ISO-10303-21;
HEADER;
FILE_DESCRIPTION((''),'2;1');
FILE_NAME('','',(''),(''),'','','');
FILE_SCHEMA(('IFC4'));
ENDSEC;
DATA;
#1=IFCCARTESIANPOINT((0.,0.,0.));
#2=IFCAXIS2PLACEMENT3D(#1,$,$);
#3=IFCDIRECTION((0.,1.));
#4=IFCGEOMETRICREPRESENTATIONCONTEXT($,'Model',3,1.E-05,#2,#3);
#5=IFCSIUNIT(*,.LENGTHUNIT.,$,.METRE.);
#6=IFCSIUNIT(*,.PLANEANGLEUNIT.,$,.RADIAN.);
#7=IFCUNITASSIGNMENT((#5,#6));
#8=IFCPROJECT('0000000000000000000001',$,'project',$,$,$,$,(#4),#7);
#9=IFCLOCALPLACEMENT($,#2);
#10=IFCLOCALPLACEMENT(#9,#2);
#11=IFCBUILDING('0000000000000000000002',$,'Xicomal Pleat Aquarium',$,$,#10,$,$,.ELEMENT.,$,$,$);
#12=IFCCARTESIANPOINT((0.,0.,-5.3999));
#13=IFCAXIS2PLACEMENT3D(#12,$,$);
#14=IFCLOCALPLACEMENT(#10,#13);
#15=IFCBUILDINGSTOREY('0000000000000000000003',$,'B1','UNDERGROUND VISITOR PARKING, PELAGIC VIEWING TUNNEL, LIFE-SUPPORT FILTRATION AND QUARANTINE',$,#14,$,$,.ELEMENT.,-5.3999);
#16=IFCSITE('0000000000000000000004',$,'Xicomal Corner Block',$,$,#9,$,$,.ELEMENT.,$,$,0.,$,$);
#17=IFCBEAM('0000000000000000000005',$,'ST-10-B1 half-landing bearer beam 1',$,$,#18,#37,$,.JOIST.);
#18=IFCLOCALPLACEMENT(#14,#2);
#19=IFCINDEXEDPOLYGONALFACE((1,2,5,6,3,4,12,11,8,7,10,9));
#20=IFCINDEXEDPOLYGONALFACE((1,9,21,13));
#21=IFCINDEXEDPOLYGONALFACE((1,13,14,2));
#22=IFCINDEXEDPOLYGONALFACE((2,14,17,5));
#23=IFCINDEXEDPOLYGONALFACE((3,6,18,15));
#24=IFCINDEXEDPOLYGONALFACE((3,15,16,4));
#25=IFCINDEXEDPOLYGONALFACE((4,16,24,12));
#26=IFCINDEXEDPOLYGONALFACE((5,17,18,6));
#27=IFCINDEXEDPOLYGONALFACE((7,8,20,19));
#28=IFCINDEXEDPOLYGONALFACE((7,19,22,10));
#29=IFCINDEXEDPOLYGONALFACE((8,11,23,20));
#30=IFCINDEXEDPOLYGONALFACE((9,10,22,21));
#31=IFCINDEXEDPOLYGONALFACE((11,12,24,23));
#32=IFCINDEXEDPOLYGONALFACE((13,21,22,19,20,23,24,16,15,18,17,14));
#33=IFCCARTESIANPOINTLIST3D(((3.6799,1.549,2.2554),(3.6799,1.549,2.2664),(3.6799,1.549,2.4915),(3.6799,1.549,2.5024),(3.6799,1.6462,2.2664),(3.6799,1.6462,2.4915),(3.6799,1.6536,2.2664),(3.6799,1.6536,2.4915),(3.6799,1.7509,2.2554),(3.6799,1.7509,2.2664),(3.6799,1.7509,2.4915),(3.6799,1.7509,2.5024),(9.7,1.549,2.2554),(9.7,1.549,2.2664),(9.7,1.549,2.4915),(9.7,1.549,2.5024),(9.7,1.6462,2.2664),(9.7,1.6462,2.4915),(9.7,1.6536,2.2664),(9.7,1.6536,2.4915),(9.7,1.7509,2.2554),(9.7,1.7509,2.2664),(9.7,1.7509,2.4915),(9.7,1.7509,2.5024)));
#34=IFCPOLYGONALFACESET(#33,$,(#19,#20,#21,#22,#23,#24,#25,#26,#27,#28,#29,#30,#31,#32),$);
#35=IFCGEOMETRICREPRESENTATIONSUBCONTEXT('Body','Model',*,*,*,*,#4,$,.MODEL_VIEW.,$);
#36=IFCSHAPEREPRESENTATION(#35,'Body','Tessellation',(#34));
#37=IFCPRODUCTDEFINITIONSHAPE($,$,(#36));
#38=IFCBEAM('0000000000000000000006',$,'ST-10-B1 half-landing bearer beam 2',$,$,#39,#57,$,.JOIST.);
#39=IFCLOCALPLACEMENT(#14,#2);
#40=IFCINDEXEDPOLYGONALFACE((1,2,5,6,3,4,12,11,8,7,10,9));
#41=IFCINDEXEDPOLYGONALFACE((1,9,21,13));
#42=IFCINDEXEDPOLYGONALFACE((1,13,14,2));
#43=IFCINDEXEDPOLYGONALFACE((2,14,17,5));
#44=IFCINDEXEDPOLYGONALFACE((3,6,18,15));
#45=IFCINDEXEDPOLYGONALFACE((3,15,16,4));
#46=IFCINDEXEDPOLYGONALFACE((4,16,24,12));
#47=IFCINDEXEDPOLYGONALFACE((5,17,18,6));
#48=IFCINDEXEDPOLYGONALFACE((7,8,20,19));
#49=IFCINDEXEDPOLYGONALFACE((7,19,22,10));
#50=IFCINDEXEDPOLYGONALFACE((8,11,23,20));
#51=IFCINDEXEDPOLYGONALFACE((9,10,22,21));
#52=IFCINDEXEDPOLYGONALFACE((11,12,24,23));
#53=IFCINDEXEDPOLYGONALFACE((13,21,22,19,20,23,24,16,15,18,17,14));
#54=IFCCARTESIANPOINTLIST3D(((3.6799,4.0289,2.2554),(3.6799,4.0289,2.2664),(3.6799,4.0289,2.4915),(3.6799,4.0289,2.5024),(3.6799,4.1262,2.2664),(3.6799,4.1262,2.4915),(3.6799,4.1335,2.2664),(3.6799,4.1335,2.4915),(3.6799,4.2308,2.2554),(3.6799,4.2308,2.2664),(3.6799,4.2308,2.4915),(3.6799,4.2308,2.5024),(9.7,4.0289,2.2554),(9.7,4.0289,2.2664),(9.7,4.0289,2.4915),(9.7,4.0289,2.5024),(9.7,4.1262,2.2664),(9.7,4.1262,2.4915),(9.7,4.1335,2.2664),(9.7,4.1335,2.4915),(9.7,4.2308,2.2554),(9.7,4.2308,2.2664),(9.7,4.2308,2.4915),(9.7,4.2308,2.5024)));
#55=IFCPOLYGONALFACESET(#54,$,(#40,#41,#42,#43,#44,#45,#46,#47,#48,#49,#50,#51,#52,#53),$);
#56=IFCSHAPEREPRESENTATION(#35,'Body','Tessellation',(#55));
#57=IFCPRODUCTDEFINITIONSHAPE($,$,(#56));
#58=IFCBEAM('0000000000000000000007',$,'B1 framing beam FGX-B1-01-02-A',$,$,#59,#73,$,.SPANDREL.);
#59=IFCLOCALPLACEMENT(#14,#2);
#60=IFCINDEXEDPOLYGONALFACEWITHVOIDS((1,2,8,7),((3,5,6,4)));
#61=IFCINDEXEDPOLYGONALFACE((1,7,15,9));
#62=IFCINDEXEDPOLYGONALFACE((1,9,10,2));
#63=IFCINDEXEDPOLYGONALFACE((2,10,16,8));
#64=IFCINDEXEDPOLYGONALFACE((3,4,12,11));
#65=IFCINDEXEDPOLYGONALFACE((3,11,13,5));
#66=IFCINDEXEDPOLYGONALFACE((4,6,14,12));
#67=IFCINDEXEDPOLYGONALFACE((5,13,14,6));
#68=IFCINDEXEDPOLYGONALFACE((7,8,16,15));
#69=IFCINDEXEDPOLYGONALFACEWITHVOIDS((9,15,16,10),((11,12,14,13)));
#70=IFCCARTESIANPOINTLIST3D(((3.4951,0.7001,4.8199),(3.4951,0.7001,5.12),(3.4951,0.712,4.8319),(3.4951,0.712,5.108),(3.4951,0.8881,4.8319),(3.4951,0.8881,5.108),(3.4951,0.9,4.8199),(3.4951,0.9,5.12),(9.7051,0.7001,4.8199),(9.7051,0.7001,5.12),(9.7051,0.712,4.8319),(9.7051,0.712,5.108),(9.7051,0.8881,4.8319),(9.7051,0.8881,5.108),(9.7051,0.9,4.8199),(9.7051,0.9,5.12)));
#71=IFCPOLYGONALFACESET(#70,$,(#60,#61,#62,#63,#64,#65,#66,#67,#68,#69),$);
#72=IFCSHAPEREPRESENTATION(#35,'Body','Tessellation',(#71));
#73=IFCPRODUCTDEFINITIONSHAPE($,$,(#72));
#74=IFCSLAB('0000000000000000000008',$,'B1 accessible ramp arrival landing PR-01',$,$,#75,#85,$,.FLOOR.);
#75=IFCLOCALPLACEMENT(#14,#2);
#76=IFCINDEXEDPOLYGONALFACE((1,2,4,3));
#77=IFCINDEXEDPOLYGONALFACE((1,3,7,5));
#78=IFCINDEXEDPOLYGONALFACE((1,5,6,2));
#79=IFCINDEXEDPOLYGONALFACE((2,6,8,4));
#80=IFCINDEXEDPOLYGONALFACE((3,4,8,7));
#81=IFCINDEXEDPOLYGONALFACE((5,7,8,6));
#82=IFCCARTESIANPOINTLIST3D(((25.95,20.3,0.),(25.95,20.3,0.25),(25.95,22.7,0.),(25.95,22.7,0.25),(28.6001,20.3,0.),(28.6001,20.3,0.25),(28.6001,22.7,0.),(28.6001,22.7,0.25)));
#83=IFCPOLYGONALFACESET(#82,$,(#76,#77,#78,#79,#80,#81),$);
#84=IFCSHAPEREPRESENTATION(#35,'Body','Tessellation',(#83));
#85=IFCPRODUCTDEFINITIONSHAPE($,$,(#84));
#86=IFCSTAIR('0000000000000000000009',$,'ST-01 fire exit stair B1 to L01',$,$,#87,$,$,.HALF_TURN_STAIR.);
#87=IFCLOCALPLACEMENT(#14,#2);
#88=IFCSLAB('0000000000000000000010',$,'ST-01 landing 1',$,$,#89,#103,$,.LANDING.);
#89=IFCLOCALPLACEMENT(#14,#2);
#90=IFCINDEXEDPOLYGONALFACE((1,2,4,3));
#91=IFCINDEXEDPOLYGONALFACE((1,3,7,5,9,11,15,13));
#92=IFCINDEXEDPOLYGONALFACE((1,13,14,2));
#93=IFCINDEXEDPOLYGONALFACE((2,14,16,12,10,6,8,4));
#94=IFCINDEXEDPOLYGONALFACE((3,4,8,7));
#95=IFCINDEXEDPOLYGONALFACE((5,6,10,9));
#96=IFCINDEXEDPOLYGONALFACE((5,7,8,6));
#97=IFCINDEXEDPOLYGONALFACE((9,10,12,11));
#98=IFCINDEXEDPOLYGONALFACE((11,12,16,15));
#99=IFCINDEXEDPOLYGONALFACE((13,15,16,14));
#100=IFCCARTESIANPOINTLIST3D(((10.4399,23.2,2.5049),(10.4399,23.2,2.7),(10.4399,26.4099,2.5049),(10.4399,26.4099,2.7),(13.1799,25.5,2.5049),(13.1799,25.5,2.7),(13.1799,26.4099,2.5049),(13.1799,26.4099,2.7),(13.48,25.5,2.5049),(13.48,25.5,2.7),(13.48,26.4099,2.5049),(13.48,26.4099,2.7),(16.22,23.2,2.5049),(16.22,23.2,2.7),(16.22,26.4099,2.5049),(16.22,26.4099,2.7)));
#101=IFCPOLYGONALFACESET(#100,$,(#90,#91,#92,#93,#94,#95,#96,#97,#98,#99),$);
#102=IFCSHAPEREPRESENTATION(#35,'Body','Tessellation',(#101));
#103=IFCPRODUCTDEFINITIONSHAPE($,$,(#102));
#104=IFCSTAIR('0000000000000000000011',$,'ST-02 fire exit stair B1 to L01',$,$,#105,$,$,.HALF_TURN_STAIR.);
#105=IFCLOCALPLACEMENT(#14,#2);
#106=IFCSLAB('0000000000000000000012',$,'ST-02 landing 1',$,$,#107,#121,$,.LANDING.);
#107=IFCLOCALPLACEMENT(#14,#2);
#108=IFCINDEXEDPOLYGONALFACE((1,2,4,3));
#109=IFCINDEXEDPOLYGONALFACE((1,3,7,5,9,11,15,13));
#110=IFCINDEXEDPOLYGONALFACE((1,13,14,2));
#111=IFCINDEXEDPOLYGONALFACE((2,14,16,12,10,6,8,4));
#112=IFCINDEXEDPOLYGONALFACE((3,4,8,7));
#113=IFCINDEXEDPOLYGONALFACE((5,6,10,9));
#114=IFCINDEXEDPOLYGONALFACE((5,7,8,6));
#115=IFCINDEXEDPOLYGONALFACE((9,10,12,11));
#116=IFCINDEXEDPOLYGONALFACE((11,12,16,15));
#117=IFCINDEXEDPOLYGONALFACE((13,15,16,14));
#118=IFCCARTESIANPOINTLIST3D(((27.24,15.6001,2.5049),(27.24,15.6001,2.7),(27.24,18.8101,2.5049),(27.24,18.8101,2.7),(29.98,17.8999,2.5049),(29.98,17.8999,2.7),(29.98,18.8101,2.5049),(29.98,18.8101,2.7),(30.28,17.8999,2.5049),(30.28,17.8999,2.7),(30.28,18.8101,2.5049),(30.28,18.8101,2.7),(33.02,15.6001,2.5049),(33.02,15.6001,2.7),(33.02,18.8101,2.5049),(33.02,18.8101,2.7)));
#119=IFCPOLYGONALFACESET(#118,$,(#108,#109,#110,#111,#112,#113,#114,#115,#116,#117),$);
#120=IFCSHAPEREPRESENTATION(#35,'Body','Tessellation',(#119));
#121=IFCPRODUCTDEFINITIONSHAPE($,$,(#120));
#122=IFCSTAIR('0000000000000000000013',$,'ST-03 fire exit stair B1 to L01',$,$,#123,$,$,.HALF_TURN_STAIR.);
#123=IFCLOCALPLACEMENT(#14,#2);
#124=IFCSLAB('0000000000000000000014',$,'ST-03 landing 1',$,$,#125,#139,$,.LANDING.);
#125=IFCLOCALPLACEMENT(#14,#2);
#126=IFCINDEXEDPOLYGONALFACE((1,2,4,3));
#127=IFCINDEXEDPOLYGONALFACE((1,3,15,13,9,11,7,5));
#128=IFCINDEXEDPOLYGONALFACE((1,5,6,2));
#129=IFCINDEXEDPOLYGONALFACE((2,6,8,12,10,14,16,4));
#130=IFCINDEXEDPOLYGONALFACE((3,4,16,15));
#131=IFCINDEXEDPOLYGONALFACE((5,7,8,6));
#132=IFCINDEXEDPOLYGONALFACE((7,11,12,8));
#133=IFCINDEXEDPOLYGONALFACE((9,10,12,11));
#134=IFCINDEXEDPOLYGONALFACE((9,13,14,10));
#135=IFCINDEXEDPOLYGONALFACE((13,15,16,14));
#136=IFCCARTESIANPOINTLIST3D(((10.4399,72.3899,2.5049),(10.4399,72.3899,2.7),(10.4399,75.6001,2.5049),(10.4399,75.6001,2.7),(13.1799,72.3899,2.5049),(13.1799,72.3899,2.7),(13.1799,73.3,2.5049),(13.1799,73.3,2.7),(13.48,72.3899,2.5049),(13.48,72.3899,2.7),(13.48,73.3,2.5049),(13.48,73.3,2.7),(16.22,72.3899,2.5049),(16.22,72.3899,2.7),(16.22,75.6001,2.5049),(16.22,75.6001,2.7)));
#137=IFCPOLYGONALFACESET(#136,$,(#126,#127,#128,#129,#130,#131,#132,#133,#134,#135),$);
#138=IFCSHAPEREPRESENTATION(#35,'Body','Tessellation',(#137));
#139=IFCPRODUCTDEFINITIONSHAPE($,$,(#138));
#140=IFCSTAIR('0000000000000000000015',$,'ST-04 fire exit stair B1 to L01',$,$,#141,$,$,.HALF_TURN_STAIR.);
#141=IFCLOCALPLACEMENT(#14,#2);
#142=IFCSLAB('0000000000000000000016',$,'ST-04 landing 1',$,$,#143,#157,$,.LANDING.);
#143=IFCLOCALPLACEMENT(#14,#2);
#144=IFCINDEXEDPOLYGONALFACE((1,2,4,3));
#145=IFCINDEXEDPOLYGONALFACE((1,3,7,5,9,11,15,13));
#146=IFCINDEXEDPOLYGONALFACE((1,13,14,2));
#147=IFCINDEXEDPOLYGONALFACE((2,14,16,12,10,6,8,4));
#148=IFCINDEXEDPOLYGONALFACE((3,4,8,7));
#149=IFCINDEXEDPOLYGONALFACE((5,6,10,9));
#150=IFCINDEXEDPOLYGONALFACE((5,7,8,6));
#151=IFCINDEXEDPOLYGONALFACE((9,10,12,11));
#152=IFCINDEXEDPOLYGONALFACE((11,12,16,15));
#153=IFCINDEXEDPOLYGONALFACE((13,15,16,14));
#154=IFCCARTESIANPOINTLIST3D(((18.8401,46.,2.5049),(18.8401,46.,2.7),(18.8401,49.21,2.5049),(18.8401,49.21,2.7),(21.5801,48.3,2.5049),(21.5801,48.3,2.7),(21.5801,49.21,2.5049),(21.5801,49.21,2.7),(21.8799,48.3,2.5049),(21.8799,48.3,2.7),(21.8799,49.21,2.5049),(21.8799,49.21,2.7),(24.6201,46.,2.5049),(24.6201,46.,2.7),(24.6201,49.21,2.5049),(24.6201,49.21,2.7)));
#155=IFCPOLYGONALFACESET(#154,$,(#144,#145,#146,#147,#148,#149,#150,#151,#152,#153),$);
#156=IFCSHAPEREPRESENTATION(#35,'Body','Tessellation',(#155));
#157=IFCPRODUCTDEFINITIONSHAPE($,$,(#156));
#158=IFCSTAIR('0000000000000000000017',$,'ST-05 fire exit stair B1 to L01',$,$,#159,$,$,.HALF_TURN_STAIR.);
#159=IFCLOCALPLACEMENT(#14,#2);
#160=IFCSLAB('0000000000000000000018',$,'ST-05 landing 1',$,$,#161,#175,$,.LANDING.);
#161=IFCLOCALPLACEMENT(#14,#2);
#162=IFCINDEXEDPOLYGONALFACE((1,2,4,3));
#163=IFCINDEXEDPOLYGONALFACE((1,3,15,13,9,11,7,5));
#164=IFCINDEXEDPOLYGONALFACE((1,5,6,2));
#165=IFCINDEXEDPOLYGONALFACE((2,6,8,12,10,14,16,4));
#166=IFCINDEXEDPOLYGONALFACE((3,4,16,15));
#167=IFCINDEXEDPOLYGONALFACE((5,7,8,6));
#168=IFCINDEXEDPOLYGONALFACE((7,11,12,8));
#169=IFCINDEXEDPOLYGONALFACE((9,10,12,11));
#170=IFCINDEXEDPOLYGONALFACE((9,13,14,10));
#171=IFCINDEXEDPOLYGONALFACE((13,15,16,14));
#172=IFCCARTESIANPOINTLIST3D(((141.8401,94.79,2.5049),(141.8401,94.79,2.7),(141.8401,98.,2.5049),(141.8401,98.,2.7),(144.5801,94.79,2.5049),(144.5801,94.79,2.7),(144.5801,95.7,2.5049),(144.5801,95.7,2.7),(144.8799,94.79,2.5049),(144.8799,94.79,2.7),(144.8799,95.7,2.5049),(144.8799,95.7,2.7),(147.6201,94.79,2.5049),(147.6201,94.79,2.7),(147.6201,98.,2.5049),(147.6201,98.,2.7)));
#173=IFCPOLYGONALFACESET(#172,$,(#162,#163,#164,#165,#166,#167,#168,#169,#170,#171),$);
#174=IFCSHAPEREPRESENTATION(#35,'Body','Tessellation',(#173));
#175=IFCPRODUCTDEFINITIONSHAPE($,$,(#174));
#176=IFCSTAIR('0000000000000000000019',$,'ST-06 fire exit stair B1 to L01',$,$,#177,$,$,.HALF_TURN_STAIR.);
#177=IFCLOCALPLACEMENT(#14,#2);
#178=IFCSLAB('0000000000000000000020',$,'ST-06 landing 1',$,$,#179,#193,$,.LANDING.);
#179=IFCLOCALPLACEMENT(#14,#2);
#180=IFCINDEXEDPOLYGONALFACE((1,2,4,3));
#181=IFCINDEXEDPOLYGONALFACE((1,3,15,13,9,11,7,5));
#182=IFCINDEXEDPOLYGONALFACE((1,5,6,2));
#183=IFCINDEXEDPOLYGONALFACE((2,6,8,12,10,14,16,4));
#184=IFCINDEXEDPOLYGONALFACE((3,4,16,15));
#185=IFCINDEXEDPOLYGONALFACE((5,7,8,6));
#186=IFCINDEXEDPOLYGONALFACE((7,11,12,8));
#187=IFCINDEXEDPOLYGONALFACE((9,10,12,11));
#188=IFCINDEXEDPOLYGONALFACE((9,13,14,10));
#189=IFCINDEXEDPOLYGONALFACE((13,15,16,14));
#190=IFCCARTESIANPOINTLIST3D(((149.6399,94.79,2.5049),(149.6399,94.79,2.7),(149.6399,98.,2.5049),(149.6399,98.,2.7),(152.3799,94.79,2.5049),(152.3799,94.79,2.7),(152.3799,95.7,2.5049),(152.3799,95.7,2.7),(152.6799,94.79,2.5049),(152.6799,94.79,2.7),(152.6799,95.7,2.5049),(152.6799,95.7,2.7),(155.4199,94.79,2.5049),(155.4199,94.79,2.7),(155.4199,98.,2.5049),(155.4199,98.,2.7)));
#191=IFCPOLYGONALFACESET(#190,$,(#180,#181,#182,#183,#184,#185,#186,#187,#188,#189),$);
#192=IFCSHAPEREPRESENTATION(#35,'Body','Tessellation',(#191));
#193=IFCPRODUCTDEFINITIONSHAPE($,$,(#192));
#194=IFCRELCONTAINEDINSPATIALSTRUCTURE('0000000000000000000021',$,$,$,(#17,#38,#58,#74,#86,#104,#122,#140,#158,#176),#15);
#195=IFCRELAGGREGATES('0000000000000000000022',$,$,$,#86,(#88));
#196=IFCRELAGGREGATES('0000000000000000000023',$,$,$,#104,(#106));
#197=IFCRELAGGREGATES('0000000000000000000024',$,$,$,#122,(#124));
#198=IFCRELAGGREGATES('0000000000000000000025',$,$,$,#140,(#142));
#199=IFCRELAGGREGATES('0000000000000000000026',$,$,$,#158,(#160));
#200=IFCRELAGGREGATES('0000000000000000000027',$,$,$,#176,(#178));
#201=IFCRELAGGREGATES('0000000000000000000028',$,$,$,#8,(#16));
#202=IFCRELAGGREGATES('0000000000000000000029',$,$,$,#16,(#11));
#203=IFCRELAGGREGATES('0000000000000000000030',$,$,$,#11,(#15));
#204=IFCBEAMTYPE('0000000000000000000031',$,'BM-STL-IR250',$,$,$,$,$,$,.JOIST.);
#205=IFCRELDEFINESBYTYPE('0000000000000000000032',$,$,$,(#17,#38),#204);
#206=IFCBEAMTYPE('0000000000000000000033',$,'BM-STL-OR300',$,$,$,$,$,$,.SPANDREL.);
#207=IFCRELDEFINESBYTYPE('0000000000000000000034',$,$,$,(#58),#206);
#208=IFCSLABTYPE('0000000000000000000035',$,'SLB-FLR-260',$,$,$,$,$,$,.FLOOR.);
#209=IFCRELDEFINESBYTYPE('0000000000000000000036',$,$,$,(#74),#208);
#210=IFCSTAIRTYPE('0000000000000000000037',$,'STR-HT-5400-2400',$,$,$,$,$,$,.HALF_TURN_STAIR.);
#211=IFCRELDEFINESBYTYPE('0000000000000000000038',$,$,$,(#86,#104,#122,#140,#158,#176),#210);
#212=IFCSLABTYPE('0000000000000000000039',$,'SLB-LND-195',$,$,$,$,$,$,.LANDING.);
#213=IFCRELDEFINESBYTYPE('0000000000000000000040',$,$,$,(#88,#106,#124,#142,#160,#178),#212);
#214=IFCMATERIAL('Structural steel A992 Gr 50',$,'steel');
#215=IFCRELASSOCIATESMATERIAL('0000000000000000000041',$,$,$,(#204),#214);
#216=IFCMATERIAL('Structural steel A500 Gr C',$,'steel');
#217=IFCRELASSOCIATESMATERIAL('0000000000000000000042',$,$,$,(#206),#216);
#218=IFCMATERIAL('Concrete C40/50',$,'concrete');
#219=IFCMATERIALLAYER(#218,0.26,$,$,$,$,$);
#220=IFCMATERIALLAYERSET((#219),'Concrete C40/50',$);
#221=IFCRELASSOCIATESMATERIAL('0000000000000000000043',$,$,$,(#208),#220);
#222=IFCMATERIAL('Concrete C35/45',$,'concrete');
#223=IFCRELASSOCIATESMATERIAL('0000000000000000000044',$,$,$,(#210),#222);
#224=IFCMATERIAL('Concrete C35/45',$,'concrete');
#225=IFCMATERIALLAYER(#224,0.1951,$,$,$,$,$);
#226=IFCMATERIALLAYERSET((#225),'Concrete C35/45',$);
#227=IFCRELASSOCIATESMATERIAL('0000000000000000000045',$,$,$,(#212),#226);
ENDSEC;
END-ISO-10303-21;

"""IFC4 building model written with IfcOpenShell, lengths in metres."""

from ifc_helpers import new_model, si_unit, direction, frame, origin, origin_2d, place, context, subcontext, project, spatial, polyline, hollow_rectangle, i_section, outline, extrude, material, layer, layer_set, material_profile, profile_set, type_object, element, aggregate, save


model = new_model("IFC4")

# Units and contexts
model_context = context("Model", 3, precision=1e-05, world=origin(), true_north=direction((0.0, 1.0)))
body_context = subcontext(model_context, "Body", "Model", "MODEL_VIEW")
ifc_project = project(units=[si_unit("LENGTHUNIT", "METRE"), si_unit("PLANEANGLEUNIT", "RADIAN")], contexts=[model_context])

# Site, building, storey
site_placement = place(None, origin())
site = spatial("IfcSite", under=ifc_project, at=site_placement, Name="Xicomal Corner Block", CompositionType="ELEMENT", RefElevation=0.0)
building_placement = place(site_placement, origin())
building = spatial("IfcBuilding", under=site, at=building_placement, Name="Xicomal Pleat Aquarium", CompositionType="ELEMENT")
storey_placement = place(building_placement, frame((0.0, 0.0, -5.3999)))
storey = spatial("IfcBuildingStorey", under=building, at=storey_placement, Name="B1", Description="UNDERGROUND VISITOR PARKING, PELAGIC VIEWING TUNNEL, LIFE-SUPPORT FILTRATION AND QUARANTINE", CompositionType="ELEMENT", Elevation=-5.3999)

# Beams
ifc_material_1 = material(Name="Structural steel A992 Gr 50", Category="steel")
ifc_material_profile_1 = material_profile(ifc_material_1, i_section(OverallWidth=0.2019, OverallDepth=0.2471, WebThickness=0.0073, FlangeThickness=0.011, at=origin_2d()), Name="IR 250x49")
ifc_profile_set_1 = profile_set([ifc_material_profile_1], Name="Structural steel A992 Gr 50")
beam_type_1 = type_object("IfcBeamType", Name="BM-STL-IR250", PredefinedType="JOIST", material=ifc_profile_set_1)
for number, where, z_axis, x_axis, name in (
    (1, (3.6799, 1.6499, 2.3789), (1.0, 0.0, 0.0), (0.0, 1.0, 0.0), "ST-10-B1 half-landing bearer beam 1"),
    (2, (3.6799, 4.1299, 2.3789), (1.0, 0.0, 0.0), (0.0, 1.0, 0.0), "ST-10-B1 half-landing bearer beam 2"),
):
    element("IfcBeam", number, at=place(storey_placement, frame(where, z_axis=z_axis, x_axis=x_axis)), inside=storey, type_object=beam_type_1, Name=name, PredefinedType="JOIST", context=body_context, shape_type="SweptSolid", body=[
        extrude(i_section(OverallWidth=0.2019, OverallDepth=0.2471, WebThickness=0.0073, FlangeThickness=0.011, at=origin_2d()), origin(), (0.0, 0.0, 1.0), 6.02),
    ])
ifc_material_2 = material(Name="Structural steel A500 Gr C", Category="steel")
ifc_material_profile_2 = material_profile(ifc_material_2, hollow_rectangle(XDim=0.2, YDim=0.3, WallThickness=0.012, at=origin_2d()), Name="OR 300x200x12")
ifc_profile_set_2 = profile_set([ifc_material_profile_2], Name="Structural steel A500 Gr C")
beam_type_2 = type_object("IfcBeamType", Name="BM-STL-OR300", PredefinedType="SPANDREL", material=ifc_profile_set_2)
beam_1_placement = place(storey_placement, frame((3.4951, 0.8, 4.97), z_axis=(1.0, 0.0, 0.0), x_axis=(0.0, 1.0, 0.0)))
element("IfcBeam", 3, at=beam_1_placement, inside=storey, type_object=beam_type_2, Name="B1 framing beam FGX-B1-01-02-A", PredefinedType="SPANDREL", context=body_context, shape_type="SweptSolid", body=[
    extrude(hollow_rectangle(XDim=0.2, YDim=0.3, WallThickness=0.012, at=origin_2d()), origin(), (0.0, 0.0, 1.0), 6.21),
])

# Slab
ifc_material_3 = material(Name="Concrete C40/50", Category="concrete")
ifc_layer_1 = layer(ifc_material_3, 0.26)
ifc_layer_set_1 = layer_set([ifc_layer_1], Name="Concrete C40/50")
slab_type_1 = type_object("IfcSlabType", Name="SLB-FLR-260", PredefinedType="FLOOR", material=ifc_layer_set_1)
slab_1_placement = place(storey_placement, origin())
element("IfcSlab", 4, at=slab_1_placement, inside=storey, type_object=slab_type_1, Name="B1 accessible ramp arrival landing PR-01", PredefinedType="FLOOR", context=body_context, shape_type="SweptSolid", body=[
    extrude(outline(polyline([(25.95, 20.3), (28.6001, 20.3), (28.6001, 22.7), (25.95, 22.7), (25.95, 20.3)])), origin(), (0.0, 0.0, 1.0), 0.25),
])

# Stairs, slabs
ifc_material_4 = material(Name="Concrete C35/45", Category="concrete")
stair_type = type_object("IfcStairType", Name="STR-HT-5400-2400", PredefinedType="HALF_TURN_STAIR", material=ifc_material_4)
stair_1_placement = place(storey_placement, origin())
stair_1 = element("IfcStair", 5, at=stair_1_placement, inside=storey, type_object=stair_type, Name="ST-01 fire exit stair B1 to L01", PredefinedType="HALF_TURN_STAIR")
ifc_material_5 = material(Name="Concrete C35/45", Category="concrete")
ifc_layer_2 = layer(ifc_material_5, 0.1951)
ifc_layer_set_2 = layer_set([ifc_layer_2], Name="Concrete C35/45")
slab_type_2 = type_object("IfcSlabType", Name="SLB-LND-195", PredefinedType="LANDING", material=ifc_layer_set_2)
slab_2_placement = place(storey_placement, frame((0.0, 0.0, 2.5049)))
slab_2 = element("IfcSlab", 6, at=slab_2_placement, type_object=slab_type_2, Name="ST-01 landing 1", PredefinedType="LANDING", context=body_context, shape_type="SweptSolid", body=[
    extrude(outline(polyline([(10.4399, 23.2), (16.22, 23.2), (16.22, 26.4099), (13.48, 26.4099), (13.48, 25.5), (13.1799, 25.5), (13.1799, 26.4099), (10.4399, 26.4099), (10.4399, 23.2)])), origin(), (0.0, 0.0, 1.0), 0.1951),
])
aggregate(stair_1, [slab_2])
stair_2_placement = place(storey_placement, origin())
stair_2 = element("IfcStair", 7, at=stair_2_placement, inside=storey, type_object=stair_type, Name="ST-02 fire exit stair B1 to L01", PredefinedType="HALF_TURN_STAIR")
slab_3_placement = place(storey_placement, frame((0.0, 0.0, 2.5049)))
slab_3 = element("IfcSlab", 8, at=slab_3_placement, type_object=slab_type_2, Name="ST-02 landing 1", PredefinedType="LANDING", context=body_context, shape_type="SweptSolid", body=[
    extrude(outline(polyline([(27.24, 15.6001), (33.02, 15.6001), (33.02, 18.8101), (30.28, 18.8101), (30.28, 17.8999), (29.98, 17.8999), (29.98, 18.8101), (27.24, 18.8101), (27.24, 15.6001)])), origin(), (0.0, 0.0, 1.0), 0.1951),
])
aggregate(stair_2, [slab_3])
stair_3_placement = place(storey_placement, origin())
stair_3 = element("IfcStair", 9, at=stair_3_placement, inside=storey, type_object=stair_type, Name="ST-03 fire exit stair B1 to L01", PredefinedType="HALF_TURN_STAIR")
slab_4_placement = place(storey_placement, frame((0.0, 0.0, 2.5049)))
slab_4 = element("IfcSlab", 10, at=slab_4_placement, type_object=slab_type_2, Name="ST-03 landing 1", PredefinedType="LANDING", context=body_context, shape_type="SweptSolid", body=[
    extrude(outline(polyline([(10.4399, 75.6001), (16.22, 75.6001), (16.22, 72.3899), (13.48, 72.3899), (13.48, 73.3), (13.1799, 73.3), (13.1799, 72.3899), (10.4399, 72.3899), (10.4399, 75.6001)])), origin(), (0.0, 0.0, 1.0), 0.1951),
])
aggregate(stair_3, [slab_4])
stair_4_placement = place(storey_placement, origin())
stair_4 = element("IfcStair", 11, at=stair_4_placement, inside=storey, type_object=stair_type, Name="ST-04 fire exit stair B1 to L01", PredefinedType="HALF_TURN_STAIR")
slab_5_placement = place(storey_placement, frame((0.0, 0.0, 2.5049)))
slab_5 = element("IfcSlab", 12, at=slab_5_placement, type_object=slab_type_2, Name="ST-04 landing 1", PredefinedType="LANDING", context=body_context, shape_type="SweptSolid", body=[
    extrude(outline(polyline([(18.8401, 46.0), (24.6201, 46.0), (24.6201, 49.21), (21.8799, 49.21), (21.8799, 48.3), (21.5801, 48.3), (21.5801, 49.21), (18.8401, 49.21), (18.8401, 46.0)])), origin(), (0.0, 0.0, 1.0), 0.1951),
])
aggregate(stair_4, [slab_5])
stair_5_placement = place(storey_placement, origin())
stair_5 = element("IfcStair", 13, at=stair_5_placement, inside=storey, type_object=stair_type, Name="ST-05 fire exit stair B1 to L01", PredefinedType="HALF_TURN_STAIR")
slab_6_placement = place(storey_placement, frame((0.0, 0.0, 2.5049)))
slab_6 = element("IfcSlab", 14, at=slab_6_placement, type_object=slab_type_2, Name="ST-05 landing 1", PredefinedType="LANDING", context=body_context, shape_type="SweptSolid", body=[
    extrude(outline(polyline([(141.8401, 98.0), (147.6201, 98.0), (147.6201, 94.79), (144.8799, 94.79), (144.8799, 95.7), (144.5801, 95.7), (144.5801, 94.79), (141.8401, 94.79), (141.8401, 98.0)])), origin(), (0.0, 0.0, 1.0), 0.1951),
])
aggregate(stair_5, [slab_6])
stair_6_placement = place(storey_placement, origin())
stair_6 = element("IfcStair", 15, at=stair_6_placement, inside=storey, type_object=stair_type, Name="ST-06 fire exit stair B1 to L01", PredefinedType="HALF_TURN_STAIR")
slab_7_placement = place(storey_placement, frame((0.0, 0.0, 2.5049)))
slab_7 = element("IfcSlab", 16, at=slab_7_placement, type_object=slab_type_2, Name="ST-06 landing 1", PredefinedType="LANDING", context=body_context, shape_type="SweptSolid", body=[
    extrude(outline(polyline([(149.6399, 98.0), (155.4199, 98.0), (155.4199, 94.79), (152.6799, 94.79), (152.6799, 95.7), (152.3799, 95.7), (152.3799, 94.79), (149.6399, 94.79), (149.6399, 98.0)])), origin(), (0.0, 0.0, 1.0), 0.1951),
])
aggregate(stair_6, [slab_7])

save(model, "model.ifc")
